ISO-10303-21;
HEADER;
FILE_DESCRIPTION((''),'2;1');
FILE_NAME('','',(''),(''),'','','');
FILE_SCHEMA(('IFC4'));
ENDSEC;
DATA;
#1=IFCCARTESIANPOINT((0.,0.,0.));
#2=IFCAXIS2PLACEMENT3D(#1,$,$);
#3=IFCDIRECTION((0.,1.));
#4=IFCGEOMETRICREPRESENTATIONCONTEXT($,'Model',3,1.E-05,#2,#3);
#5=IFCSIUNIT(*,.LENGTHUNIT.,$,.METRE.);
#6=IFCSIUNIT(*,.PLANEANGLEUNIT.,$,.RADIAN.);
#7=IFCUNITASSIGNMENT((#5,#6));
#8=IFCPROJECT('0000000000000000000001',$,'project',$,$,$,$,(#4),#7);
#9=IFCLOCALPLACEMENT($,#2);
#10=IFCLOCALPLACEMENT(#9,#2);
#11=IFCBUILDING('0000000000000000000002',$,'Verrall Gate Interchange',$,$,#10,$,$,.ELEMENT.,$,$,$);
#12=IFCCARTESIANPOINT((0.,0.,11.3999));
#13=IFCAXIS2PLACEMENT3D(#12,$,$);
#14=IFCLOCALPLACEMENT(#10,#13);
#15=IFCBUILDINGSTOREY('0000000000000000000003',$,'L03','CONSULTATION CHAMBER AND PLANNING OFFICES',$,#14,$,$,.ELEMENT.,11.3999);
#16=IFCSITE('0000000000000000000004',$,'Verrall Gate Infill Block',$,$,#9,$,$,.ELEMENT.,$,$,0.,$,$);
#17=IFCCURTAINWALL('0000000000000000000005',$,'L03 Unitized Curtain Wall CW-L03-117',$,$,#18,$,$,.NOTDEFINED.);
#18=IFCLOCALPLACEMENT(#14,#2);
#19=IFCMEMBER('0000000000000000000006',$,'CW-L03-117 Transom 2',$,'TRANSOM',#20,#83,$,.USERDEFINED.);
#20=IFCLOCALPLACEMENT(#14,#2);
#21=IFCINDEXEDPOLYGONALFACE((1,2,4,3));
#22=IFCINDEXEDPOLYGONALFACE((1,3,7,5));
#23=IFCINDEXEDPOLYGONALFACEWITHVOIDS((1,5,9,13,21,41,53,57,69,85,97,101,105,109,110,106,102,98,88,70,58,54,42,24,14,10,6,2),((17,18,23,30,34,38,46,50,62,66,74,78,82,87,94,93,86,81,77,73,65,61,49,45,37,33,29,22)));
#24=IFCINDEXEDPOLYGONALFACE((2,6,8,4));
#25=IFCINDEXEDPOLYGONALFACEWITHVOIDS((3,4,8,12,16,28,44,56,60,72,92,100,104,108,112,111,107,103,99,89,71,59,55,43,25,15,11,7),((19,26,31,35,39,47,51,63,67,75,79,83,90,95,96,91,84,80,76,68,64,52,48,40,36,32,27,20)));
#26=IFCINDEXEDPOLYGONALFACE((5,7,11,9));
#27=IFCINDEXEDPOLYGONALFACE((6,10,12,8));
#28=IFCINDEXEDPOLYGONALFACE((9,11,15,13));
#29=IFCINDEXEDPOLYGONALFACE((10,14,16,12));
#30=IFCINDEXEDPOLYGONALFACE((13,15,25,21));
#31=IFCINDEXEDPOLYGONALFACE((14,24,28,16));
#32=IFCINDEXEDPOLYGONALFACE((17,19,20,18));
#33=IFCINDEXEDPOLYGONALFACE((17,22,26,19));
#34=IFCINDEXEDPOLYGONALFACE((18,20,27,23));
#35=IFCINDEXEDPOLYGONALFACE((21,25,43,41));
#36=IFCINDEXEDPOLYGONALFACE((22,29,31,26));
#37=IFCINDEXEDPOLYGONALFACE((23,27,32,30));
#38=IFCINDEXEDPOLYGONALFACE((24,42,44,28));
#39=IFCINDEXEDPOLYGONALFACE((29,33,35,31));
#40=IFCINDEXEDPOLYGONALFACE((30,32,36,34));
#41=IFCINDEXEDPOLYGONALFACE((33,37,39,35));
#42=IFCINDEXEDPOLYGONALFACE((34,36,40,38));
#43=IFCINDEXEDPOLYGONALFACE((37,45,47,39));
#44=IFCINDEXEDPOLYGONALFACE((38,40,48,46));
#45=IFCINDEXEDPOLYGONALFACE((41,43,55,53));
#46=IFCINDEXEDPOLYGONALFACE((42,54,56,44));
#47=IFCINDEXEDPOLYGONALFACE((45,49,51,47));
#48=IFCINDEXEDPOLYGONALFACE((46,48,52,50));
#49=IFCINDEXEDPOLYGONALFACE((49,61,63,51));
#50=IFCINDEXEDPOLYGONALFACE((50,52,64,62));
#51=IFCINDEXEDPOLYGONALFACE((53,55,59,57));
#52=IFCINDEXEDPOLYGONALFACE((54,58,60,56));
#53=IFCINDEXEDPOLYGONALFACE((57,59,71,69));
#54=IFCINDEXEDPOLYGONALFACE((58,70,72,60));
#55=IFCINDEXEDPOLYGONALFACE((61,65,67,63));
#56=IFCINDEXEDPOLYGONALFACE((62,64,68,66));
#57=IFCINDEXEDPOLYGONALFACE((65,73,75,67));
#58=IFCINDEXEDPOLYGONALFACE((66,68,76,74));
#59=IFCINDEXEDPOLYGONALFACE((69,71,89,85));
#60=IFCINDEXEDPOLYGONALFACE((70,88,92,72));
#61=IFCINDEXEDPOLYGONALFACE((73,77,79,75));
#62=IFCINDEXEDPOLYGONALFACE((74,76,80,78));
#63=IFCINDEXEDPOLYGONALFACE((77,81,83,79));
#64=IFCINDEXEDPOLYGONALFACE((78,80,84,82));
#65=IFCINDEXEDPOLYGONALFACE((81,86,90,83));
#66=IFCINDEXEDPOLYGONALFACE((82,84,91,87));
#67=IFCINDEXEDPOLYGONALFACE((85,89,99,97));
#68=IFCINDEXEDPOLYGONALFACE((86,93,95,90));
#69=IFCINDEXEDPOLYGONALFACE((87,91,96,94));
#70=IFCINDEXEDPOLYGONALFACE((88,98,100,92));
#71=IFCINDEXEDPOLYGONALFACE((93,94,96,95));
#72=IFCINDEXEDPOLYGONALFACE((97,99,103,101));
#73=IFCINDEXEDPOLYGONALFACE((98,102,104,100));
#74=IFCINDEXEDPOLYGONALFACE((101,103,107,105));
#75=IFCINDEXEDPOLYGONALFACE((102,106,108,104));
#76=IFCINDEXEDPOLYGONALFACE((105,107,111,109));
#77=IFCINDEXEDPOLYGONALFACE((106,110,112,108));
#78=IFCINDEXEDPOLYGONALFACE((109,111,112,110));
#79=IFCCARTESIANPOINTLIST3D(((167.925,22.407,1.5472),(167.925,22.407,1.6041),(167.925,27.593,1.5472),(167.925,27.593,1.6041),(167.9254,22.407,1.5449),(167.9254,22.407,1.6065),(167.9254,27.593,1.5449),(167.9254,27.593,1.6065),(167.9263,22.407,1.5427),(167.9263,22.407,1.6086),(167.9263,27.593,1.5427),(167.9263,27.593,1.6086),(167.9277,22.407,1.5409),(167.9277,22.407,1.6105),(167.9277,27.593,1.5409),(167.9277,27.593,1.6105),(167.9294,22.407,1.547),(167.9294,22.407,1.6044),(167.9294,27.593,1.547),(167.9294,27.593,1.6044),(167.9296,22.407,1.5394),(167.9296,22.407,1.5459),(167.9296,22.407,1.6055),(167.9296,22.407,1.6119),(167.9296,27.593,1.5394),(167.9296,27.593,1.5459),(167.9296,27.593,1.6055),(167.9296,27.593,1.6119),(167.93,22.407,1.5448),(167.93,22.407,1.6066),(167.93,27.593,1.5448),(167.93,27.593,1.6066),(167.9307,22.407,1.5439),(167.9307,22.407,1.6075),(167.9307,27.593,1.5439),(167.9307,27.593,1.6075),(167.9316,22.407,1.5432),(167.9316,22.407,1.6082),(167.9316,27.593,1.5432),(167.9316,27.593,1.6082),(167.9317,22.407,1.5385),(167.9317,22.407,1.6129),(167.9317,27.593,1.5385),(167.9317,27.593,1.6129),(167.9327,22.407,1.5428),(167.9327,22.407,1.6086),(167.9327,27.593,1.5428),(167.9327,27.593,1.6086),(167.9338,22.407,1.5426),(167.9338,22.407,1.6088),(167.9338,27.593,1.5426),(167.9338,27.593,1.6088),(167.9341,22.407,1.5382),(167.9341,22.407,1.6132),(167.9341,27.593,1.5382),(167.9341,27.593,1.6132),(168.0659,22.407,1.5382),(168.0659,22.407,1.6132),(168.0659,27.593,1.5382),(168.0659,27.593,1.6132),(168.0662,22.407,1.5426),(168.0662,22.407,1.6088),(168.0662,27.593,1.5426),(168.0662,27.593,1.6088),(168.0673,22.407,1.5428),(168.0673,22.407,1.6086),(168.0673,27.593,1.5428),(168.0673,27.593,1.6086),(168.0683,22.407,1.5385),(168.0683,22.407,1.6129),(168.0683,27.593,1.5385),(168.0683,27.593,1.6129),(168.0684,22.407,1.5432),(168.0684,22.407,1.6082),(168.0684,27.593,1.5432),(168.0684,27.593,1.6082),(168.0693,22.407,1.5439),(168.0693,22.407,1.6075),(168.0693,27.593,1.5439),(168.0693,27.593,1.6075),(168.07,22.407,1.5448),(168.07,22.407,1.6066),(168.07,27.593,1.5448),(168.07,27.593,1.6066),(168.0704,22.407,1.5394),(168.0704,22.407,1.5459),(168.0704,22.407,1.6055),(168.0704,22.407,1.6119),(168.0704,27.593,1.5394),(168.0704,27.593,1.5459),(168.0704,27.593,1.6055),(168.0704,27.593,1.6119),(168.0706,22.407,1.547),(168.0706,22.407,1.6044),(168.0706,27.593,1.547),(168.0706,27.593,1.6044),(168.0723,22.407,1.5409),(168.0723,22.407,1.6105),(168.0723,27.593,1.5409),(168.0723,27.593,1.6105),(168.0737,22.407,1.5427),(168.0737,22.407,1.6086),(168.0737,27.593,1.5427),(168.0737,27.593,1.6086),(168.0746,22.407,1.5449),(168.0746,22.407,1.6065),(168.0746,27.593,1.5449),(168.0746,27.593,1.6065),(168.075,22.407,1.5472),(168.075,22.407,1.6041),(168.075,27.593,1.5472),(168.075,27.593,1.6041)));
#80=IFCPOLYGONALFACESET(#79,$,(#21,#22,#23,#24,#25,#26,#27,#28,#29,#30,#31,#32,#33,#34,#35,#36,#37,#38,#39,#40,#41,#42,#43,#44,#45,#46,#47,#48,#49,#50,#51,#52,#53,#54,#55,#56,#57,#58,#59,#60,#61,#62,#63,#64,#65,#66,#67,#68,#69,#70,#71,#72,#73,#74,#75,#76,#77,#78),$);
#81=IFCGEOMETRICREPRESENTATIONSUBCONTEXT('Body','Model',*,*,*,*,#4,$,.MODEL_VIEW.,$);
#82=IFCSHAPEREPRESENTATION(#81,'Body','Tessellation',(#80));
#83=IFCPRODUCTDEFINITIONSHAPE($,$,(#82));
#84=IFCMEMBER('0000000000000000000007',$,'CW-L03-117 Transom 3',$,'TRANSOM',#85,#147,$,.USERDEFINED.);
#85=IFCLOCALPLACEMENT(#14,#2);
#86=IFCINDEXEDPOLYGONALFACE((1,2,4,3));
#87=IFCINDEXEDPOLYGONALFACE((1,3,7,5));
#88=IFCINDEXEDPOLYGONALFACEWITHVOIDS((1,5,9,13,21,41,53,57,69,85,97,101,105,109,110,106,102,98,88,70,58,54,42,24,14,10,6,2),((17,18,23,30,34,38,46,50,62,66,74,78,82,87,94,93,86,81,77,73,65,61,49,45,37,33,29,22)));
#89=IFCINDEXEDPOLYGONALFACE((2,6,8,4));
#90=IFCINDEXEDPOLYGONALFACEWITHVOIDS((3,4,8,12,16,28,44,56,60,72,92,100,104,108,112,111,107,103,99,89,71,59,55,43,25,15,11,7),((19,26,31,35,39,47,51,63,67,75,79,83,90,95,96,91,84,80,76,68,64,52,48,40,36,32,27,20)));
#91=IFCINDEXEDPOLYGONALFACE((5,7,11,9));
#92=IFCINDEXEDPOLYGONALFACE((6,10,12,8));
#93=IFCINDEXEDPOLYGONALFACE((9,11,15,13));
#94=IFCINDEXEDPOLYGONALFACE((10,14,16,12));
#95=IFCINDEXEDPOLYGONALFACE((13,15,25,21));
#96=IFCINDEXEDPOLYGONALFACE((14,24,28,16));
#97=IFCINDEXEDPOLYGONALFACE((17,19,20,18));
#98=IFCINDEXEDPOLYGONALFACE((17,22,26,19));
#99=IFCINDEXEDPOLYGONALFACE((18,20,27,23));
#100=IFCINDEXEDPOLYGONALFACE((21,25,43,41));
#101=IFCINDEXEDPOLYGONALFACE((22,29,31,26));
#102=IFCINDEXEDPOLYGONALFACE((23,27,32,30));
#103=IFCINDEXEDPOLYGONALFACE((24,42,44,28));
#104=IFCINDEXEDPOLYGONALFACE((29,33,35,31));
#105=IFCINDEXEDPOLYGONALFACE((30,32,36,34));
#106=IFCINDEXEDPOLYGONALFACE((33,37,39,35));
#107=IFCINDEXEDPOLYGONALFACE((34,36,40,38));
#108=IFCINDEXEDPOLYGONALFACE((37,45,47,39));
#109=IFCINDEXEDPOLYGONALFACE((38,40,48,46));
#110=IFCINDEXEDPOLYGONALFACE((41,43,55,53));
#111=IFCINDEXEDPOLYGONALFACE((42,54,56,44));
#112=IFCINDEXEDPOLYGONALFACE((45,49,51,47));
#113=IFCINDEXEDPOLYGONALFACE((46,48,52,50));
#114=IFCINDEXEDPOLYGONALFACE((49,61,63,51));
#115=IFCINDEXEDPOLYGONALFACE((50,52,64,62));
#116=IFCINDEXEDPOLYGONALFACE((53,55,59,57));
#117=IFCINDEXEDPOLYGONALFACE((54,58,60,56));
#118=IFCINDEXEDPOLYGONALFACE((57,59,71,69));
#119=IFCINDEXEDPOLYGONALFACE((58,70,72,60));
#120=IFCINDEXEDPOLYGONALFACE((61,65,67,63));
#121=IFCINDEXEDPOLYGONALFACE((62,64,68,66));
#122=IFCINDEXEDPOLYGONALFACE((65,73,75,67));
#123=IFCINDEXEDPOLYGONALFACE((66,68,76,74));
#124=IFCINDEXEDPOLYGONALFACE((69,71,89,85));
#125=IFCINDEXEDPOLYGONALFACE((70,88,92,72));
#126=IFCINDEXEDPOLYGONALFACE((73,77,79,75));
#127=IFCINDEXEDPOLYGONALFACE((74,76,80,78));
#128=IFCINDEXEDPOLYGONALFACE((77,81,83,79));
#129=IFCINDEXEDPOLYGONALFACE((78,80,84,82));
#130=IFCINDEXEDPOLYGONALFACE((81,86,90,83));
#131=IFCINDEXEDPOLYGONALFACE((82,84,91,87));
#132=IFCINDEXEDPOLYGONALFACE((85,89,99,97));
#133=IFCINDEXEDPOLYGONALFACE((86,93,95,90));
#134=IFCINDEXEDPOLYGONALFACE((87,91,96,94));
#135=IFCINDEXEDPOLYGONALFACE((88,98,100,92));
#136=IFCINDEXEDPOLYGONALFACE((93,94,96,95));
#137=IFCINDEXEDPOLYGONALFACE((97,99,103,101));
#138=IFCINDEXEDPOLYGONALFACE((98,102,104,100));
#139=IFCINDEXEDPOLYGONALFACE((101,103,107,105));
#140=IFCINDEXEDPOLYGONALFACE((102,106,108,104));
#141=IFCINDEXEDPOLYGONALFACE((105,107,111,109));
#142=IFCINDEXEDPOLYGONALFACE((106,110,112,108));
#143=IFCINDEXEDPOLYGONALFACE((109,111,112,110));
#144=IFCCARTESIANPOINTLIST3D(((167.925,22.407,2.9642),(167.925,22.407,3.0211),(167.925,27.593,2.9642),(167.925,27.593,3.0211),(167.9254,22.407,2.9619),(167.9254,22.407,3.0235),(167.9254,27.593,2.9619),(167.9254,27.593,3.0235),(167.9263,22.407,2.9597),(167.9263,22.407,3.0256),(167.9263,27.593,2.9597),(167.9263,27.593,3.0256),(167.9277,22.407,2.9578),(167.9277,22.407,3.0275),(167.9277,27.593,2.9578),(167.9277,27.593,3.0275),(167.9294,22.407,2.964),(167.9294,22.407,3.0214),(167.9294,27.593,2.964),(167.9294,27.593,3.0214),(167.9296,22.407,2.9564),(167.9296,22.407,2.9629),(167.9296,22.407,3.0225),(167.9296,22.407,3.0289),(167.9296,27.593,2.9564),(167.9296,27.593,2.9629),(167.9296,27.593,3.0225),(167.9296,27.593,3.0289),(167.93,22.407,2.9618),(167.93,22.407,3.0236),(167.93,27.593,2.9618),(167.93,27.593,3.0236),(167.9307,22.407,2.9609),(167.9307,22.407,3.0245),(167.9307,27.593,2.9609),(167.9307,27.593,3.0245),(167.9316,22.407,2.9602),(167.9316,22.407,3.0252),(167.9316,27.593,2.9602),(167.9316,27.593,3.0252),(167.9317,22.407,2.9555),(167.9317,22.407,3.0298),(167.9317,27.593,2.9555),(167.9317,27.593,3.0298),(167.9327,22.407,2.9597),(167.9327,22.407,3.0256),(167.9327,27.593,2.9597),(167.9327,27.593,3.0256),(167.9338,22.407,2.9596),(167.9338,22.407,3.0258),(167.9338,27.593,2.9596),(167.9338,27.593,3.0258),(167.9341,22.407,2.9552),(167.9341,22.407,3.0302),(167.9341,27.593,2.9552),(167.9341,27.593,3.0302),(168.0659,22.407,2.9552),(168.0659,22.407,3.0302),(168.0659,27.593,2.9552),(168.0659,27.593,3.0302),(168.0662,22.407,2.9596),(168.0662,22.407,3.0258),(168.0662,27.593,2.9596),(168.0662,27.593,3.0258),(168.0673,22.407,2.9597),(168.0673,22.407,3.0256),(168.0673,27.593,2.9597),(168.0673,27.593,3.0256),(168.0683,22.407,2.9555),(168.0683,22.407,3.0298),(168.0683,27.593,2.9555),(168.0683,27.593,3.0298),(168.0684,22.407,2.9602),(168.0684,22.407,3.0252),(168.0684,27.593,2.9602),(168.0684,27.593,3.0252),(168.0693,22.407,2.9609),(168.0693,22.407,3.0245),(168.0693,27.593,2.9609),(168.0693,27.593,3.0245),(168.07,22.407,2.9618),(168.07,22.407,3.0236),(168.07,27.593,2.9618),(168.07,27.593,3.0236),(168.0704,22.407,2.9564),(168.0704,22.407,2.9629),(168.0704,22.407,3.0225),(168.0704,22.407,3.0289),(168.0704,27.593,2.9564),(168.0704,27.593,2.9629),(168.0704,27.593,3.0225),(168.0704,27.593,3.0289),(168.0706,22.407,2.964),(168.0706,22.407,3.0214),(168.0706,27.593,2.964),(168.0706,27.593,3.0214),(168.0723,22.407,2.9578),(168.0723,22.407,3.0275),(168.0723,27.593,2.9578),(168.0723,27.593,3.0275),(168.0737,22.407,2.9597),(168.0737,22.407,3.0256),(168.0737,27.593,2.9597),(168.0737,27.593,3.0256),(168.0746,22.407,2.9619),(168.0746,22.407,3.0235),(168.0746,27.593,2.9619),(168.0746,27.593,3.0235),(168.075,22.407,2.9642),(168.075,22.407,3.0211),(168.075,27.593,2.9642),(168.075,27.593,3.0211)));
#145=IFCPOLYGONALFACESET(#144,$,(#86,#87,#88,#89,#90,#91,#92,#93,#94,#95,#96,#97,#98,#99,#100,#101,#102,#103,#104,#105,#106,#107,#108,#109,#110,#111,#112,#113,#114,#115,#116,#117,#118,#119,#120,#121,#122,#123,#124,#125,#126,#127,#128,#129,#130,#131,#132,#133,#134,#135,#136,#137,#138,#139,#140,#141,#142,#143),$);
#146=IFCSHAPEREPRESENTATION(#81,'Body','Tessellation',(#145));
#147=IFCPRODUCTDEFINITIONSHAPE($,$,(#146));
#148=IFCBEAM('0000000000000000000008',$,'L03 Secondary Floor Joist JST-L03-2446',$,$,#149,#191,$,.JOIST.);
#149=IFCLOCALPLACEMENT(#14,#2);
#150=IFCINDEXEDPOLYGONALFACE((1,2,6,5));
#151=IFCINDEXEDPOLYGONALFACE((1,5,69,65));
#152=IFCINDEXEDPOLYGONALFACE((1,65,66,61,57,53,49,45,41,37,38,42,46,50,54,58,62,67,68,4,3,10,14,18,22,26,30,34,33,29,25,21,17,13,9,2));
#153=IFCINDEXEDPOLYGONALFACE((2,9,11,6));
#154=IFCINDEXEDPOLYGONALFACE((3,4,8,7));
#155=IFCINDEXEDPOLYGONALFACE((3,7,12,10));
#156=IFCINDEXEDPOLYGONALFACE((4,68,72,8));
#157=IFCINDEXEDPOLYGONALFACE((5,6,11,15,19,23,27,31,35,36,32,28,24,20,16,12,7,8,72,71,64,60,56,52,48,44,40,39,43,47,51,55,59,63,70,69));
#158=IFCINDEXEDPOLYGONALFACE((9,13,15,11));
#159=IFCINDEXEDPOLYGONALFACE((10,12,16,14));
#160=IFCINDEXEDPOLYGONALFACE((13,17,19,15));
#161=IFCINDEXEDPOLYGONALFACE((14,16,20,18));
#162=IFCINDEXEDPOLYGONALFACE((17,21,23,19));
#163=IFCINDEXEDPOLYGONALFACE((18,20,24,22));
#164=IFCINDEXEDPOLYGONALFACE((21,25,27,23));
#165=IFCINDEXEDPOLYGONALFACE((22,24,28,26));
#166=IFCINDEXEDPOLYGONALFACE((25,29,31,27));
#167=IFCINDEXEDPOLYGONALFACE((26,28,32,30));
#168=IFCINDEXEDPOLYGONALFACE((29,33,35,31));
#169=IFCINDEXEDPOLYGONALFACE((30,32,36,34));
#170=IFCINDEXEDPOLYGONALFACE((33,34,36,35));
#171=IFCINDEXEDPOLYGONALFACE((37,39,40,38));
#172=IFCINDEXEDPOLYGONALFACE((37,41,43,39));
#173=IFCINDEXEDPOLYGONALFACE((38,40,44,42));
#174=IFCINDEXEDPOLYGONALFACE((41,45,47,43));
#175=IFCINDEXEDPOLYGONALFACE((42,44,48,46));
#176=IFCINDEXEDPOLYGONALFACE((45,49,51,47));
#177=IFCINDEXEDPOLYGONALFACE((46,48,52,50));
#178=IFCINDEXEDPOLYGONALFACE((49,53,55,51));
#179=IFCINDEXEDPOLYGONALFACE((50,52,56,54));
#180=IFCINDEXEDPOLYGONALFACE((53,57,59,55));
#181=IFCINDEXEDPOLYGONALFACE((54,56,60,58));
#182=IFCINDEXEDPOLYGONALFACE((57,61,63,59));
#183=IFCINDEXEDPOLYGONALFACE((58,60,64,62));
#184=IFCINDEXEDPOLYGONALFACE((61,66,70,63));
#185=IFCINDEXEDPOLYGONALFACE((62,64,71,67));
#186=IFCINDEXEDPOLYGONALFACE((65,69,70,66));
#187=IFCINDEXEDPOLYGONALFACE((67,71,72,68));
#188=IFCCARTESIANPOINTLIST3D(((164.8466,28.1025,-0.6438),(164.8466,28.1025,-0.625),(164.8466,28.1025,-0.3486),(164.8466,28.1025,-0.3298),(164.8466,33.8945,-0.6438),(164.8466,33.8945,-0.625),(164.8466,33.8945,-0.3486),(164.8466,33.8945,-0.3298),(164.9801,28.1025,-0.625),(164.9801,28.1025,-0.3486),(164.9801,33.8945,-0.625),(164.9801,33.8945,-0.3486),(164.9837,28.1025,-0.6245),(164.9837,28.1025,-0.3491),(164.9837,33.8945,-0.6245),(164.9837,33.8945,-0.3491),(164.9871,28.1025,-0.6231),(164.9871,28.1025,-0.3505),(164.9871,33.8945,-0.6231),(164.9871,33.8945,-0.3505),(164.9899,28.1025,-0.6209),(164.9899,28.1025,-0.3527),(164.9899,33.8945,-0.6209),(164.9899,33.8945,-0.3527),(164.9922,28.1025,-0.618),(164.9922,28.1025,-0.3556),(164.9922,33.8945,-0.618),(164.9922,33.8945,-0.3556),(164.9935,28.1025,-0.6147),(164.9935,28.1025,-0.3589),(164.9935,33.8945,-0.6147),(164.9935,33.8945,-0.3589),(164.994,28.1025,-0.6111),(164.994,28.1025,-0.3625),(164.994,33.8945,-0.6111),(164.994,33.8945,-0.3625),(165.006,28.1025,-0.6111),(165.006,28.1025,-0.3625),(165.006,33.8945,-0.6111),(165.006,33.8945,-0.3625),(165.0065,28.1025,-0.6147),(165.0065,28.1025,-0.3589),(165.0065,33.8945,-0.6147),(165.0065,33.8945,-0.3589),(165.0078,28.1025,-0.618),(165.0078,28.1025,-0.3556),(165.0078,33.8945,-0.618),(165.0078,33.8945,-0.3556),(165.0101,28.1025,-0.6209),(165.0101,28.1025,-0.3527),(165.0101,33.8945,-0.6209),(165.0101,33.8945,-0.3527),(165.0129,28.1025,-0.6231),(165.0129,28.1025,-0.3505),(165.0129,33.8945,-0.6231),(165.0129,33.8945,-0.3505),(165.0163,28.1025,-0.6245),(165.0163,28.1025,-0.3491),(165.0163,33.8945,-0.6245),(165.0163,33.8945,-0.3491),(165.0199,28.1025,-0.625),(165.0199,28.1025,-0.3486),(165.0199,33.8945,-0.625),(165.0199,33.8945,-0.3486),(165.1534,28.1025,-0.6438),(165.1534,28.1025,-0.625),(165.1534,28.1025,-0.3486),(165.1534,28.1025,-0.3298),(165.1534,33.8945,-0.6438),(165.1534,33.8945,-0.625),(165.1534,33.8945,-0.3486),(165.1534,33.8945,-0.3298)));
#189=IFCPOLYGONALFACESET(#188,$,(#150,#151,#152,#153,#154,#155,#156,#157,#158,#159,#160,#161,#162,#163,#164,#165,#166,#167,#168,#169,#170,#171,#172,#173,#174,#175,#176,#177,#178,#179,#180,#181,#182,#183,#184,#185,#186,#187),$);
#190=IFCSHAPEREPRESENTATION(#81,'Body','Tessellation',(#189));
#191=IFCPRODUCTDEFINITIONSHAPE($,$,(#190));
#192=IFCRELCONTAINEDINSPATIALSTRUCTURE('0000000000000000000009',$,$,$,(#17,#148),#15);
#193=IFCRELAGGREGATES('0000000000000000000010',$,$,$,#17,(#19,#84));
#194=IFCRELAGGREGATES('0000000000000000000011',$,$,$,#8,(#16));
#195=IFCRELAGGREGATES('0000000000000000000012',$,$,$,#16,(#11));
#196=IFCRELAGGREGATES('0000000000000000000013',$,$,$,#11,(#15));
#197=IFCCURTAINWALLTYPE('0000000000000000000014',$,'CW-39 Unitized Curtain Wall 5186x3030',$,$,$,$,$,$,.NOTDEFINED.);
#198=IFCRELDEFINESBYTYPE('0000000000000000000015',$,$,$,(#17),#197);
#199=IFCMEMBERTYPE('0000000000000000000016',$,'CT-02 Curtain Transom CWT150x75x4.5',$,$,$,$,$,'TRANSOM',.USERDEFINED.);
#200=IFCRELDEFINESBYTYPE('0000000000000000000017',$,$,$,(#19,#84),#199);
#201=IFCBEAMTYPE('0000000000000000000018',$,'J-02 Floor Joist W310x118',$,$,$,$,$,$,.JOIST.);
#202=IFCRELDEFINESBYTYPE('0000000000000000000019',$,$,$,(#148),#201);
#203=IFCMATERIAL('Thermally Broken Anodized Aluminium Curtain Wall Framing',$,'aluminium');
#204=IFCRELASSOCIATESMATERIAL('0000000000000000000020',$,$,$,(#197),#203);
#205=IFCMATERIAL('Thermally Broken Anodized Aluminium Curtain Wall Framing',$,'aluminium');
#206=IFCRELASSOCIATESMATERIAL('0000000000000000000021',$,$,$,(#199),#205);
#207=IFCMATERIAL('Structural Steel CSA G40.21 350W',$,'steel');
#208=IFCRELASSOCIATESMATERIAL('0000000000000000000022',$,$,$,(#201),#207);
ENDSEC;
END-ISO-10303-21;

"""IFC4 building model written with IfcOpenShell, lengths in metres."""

from ifc_helpers import new_model, si_unit, direction, frame, origin, origin_2d, place, context, subcontext, project, spatial, hollow_rectangle, i_section, extrude, material, material_profile, profile_set, type_object, element, aggregate, save


model = new_model("IFC4")

# Units and contexts
model_context = context("Model", 3, precision=1e-05, world=origin(), true_north=direction((0.0, 1.0)))
body_context = subcontext(model_context, "Body", "Model", "MODEL_VIEW")
ifc_project = project(units=[si_unit("LENGTHUNIT", "METRE"), si_unit("PLANEANGLEUNIT", "RADIAN")], contexts=[model_context])

# Site, building, storey
site_placement = place(None, origin())
site = spatial("IfcSite", under=ifc_project, at=site_placement, Name="Verrall Gate Infill Block", CompositionType="ELEMENT", RefElevation=0.0)
building_placement = place(site_placement, origin())
building = spatial("IfcBuilding", under=site, at=building_placement, Name="Verrall Gate Interchange", CompositionType="ELEMENT")
storey_placement = place(building_placement, frame((0.0, 0.0, 11.3999)))
storey = spatial("IfcBuildingStorey", under=building, at=storey_placement, Name="L03", Description="CONSULTATION CHAMBER AND PLANNING OFFICES", CompositionType="ELEMENT", Elevation=11.3999)

# Curtain wall, members
ifc_material_1 = material(Name="Thermally Broken Anodized Aluminium Curtain Wall Framing", Category="aluminium")
curtain_wall_type = type_object("IfcCurtainWallType", Name="CW-39 Unitized Curtain Wall 5186x3030", PredefinedType="NOTDEFINED", material=ifc_material_1)
curtain_wall_placement = place(storey_placement, origin())
curtain_wall = element("IfcCurtainWall", 1, at=curtain_wall_placement, inside=storey, type_object=curtain_wall_type, Name="L03 Unitized Curtain Wall CW-L03-117", PredefinedType="NOTDEFINED")
ifc_material_2 = material(Name="Thermally Broken Anodized Aluminium Curtain Wall Framing", Category="aluminium")
ifc_material_profile_1 = material_profile(ifc_material_2, hollow_rectangle(XDim=0.1499, YDim=0.075, WallThickness=0.0044, InnerFilletRadius=0.0044, OuterFilletRadius=0.009, at=origin_2d()), Name="CWT150x75x4.5")
ifc_profile_set_1 = profile_set([ifc_material_profile_1], Name="Thermally Broken Anodized Aluminium Curtain Wall Framing")
member_type_1 = type_object("IfcMemberType", Name="CT-02 Curtain Transom CWT150x75x4.5", ElementType="TRANSOM", PredefinedType="USERDEFINED", material=ifc_profile_set_1)
member_1_placement = place(storey_placement, frame((168.0, 22.407, 1.5757), z_axis=(0.0, 1.0, 0.0), x_axis=(-1.0, 0.0, 0.0)))
member_1 = element("IfcMember", 2, at=member_1_placement, type_object=member_type_1, Name="CW-L03-117 Transom 2", ObjectType="TRANSOM", PredefinedType="USERDEFINED", context=body_context, shape_type="SweptSolid", body=[
    extrude(hollow_rectangle(XDim=0.1499, YDim=0.075, WallThickness=0.0044, InnerFilletRadius=0.0044, OuterFilletRadius=0.009, at=origin_2d()), origin(), (0.0, 0.0, 1.0), 5.186),
])
member_2_placement = place(storey_placement, frame((168.0, 22.407, 2.9927), z_axis=(0.0, 1.0, 0.0), x_axis=(-1.0, 0.0, 0.0)))
member_2 = element("IfcMember", 3, at=member_2_placement, type_object=member_type_1, Name="CW-L03-117 Transom 3", ObjectType="TRANSOM", PredefinedType="USERDEFINED", context=body_context, shape_type="SweptSolid", body=[
    extrude(hollow_rectangle(XDim=0.1499, YDim=0.075, WallThickness=0.0044, InnerFilletRadius=0.0044, OuterFilletRadius=0.009, at=origin_2d()), origin(), (0.0, 0.0, 1.0), 5.186),
])

# Beam
ifc_material_3 = material(Name="Structural Steel CSA G40.21 350W", Category="steel")
ifc_material_profile_2 = material_profile(ifc_material_3, i_section(OverallWidth=0.3069, OverallDepth=0.314, WebThickness=0.012, FlangeThickness=0.0188, FilletRadius=0.0139, at=origin_2d()), Name="W310x118")
ifc_profile_set_2 = profile_set([ifc_material_profile_2], Name="Structural Steel CSA G40.21 350W")
beam_type_1 = type_object("IfcBeamType", Name="J-02 Floor Joist W310x118", PredefinedType="JOIST", material=ifc_profile_set_2)
beam_1_placement = place(storey_placement, frame((165.0, 28.1025, -0.4868), z_axis=(0.0, 1.0, 0.0), x_axis=(-1.0, 0.0, 0.0)))
element("IfcBeam", 4, at=beam_1_placement, inside=storey, type_object=beam_type_1, Name="L03 Secondary Floor Joist JST-L03-2446", PredefinedType="JOIST", context=body_context, shape_type="SweptSolid", body=[
    extrude(i_section(OverallWidth=0.3069, OverallDepth=0.314, WebThickness=0.012, FlangeThickness=0.0188, FilletRadius=0.0139, at=origin_2d()), origin(), (0.0, 0.0, 1.0), 5.792),
])

aggregate(curtain_wall, [member_1, member_2])

save(model, "model.ifc")
